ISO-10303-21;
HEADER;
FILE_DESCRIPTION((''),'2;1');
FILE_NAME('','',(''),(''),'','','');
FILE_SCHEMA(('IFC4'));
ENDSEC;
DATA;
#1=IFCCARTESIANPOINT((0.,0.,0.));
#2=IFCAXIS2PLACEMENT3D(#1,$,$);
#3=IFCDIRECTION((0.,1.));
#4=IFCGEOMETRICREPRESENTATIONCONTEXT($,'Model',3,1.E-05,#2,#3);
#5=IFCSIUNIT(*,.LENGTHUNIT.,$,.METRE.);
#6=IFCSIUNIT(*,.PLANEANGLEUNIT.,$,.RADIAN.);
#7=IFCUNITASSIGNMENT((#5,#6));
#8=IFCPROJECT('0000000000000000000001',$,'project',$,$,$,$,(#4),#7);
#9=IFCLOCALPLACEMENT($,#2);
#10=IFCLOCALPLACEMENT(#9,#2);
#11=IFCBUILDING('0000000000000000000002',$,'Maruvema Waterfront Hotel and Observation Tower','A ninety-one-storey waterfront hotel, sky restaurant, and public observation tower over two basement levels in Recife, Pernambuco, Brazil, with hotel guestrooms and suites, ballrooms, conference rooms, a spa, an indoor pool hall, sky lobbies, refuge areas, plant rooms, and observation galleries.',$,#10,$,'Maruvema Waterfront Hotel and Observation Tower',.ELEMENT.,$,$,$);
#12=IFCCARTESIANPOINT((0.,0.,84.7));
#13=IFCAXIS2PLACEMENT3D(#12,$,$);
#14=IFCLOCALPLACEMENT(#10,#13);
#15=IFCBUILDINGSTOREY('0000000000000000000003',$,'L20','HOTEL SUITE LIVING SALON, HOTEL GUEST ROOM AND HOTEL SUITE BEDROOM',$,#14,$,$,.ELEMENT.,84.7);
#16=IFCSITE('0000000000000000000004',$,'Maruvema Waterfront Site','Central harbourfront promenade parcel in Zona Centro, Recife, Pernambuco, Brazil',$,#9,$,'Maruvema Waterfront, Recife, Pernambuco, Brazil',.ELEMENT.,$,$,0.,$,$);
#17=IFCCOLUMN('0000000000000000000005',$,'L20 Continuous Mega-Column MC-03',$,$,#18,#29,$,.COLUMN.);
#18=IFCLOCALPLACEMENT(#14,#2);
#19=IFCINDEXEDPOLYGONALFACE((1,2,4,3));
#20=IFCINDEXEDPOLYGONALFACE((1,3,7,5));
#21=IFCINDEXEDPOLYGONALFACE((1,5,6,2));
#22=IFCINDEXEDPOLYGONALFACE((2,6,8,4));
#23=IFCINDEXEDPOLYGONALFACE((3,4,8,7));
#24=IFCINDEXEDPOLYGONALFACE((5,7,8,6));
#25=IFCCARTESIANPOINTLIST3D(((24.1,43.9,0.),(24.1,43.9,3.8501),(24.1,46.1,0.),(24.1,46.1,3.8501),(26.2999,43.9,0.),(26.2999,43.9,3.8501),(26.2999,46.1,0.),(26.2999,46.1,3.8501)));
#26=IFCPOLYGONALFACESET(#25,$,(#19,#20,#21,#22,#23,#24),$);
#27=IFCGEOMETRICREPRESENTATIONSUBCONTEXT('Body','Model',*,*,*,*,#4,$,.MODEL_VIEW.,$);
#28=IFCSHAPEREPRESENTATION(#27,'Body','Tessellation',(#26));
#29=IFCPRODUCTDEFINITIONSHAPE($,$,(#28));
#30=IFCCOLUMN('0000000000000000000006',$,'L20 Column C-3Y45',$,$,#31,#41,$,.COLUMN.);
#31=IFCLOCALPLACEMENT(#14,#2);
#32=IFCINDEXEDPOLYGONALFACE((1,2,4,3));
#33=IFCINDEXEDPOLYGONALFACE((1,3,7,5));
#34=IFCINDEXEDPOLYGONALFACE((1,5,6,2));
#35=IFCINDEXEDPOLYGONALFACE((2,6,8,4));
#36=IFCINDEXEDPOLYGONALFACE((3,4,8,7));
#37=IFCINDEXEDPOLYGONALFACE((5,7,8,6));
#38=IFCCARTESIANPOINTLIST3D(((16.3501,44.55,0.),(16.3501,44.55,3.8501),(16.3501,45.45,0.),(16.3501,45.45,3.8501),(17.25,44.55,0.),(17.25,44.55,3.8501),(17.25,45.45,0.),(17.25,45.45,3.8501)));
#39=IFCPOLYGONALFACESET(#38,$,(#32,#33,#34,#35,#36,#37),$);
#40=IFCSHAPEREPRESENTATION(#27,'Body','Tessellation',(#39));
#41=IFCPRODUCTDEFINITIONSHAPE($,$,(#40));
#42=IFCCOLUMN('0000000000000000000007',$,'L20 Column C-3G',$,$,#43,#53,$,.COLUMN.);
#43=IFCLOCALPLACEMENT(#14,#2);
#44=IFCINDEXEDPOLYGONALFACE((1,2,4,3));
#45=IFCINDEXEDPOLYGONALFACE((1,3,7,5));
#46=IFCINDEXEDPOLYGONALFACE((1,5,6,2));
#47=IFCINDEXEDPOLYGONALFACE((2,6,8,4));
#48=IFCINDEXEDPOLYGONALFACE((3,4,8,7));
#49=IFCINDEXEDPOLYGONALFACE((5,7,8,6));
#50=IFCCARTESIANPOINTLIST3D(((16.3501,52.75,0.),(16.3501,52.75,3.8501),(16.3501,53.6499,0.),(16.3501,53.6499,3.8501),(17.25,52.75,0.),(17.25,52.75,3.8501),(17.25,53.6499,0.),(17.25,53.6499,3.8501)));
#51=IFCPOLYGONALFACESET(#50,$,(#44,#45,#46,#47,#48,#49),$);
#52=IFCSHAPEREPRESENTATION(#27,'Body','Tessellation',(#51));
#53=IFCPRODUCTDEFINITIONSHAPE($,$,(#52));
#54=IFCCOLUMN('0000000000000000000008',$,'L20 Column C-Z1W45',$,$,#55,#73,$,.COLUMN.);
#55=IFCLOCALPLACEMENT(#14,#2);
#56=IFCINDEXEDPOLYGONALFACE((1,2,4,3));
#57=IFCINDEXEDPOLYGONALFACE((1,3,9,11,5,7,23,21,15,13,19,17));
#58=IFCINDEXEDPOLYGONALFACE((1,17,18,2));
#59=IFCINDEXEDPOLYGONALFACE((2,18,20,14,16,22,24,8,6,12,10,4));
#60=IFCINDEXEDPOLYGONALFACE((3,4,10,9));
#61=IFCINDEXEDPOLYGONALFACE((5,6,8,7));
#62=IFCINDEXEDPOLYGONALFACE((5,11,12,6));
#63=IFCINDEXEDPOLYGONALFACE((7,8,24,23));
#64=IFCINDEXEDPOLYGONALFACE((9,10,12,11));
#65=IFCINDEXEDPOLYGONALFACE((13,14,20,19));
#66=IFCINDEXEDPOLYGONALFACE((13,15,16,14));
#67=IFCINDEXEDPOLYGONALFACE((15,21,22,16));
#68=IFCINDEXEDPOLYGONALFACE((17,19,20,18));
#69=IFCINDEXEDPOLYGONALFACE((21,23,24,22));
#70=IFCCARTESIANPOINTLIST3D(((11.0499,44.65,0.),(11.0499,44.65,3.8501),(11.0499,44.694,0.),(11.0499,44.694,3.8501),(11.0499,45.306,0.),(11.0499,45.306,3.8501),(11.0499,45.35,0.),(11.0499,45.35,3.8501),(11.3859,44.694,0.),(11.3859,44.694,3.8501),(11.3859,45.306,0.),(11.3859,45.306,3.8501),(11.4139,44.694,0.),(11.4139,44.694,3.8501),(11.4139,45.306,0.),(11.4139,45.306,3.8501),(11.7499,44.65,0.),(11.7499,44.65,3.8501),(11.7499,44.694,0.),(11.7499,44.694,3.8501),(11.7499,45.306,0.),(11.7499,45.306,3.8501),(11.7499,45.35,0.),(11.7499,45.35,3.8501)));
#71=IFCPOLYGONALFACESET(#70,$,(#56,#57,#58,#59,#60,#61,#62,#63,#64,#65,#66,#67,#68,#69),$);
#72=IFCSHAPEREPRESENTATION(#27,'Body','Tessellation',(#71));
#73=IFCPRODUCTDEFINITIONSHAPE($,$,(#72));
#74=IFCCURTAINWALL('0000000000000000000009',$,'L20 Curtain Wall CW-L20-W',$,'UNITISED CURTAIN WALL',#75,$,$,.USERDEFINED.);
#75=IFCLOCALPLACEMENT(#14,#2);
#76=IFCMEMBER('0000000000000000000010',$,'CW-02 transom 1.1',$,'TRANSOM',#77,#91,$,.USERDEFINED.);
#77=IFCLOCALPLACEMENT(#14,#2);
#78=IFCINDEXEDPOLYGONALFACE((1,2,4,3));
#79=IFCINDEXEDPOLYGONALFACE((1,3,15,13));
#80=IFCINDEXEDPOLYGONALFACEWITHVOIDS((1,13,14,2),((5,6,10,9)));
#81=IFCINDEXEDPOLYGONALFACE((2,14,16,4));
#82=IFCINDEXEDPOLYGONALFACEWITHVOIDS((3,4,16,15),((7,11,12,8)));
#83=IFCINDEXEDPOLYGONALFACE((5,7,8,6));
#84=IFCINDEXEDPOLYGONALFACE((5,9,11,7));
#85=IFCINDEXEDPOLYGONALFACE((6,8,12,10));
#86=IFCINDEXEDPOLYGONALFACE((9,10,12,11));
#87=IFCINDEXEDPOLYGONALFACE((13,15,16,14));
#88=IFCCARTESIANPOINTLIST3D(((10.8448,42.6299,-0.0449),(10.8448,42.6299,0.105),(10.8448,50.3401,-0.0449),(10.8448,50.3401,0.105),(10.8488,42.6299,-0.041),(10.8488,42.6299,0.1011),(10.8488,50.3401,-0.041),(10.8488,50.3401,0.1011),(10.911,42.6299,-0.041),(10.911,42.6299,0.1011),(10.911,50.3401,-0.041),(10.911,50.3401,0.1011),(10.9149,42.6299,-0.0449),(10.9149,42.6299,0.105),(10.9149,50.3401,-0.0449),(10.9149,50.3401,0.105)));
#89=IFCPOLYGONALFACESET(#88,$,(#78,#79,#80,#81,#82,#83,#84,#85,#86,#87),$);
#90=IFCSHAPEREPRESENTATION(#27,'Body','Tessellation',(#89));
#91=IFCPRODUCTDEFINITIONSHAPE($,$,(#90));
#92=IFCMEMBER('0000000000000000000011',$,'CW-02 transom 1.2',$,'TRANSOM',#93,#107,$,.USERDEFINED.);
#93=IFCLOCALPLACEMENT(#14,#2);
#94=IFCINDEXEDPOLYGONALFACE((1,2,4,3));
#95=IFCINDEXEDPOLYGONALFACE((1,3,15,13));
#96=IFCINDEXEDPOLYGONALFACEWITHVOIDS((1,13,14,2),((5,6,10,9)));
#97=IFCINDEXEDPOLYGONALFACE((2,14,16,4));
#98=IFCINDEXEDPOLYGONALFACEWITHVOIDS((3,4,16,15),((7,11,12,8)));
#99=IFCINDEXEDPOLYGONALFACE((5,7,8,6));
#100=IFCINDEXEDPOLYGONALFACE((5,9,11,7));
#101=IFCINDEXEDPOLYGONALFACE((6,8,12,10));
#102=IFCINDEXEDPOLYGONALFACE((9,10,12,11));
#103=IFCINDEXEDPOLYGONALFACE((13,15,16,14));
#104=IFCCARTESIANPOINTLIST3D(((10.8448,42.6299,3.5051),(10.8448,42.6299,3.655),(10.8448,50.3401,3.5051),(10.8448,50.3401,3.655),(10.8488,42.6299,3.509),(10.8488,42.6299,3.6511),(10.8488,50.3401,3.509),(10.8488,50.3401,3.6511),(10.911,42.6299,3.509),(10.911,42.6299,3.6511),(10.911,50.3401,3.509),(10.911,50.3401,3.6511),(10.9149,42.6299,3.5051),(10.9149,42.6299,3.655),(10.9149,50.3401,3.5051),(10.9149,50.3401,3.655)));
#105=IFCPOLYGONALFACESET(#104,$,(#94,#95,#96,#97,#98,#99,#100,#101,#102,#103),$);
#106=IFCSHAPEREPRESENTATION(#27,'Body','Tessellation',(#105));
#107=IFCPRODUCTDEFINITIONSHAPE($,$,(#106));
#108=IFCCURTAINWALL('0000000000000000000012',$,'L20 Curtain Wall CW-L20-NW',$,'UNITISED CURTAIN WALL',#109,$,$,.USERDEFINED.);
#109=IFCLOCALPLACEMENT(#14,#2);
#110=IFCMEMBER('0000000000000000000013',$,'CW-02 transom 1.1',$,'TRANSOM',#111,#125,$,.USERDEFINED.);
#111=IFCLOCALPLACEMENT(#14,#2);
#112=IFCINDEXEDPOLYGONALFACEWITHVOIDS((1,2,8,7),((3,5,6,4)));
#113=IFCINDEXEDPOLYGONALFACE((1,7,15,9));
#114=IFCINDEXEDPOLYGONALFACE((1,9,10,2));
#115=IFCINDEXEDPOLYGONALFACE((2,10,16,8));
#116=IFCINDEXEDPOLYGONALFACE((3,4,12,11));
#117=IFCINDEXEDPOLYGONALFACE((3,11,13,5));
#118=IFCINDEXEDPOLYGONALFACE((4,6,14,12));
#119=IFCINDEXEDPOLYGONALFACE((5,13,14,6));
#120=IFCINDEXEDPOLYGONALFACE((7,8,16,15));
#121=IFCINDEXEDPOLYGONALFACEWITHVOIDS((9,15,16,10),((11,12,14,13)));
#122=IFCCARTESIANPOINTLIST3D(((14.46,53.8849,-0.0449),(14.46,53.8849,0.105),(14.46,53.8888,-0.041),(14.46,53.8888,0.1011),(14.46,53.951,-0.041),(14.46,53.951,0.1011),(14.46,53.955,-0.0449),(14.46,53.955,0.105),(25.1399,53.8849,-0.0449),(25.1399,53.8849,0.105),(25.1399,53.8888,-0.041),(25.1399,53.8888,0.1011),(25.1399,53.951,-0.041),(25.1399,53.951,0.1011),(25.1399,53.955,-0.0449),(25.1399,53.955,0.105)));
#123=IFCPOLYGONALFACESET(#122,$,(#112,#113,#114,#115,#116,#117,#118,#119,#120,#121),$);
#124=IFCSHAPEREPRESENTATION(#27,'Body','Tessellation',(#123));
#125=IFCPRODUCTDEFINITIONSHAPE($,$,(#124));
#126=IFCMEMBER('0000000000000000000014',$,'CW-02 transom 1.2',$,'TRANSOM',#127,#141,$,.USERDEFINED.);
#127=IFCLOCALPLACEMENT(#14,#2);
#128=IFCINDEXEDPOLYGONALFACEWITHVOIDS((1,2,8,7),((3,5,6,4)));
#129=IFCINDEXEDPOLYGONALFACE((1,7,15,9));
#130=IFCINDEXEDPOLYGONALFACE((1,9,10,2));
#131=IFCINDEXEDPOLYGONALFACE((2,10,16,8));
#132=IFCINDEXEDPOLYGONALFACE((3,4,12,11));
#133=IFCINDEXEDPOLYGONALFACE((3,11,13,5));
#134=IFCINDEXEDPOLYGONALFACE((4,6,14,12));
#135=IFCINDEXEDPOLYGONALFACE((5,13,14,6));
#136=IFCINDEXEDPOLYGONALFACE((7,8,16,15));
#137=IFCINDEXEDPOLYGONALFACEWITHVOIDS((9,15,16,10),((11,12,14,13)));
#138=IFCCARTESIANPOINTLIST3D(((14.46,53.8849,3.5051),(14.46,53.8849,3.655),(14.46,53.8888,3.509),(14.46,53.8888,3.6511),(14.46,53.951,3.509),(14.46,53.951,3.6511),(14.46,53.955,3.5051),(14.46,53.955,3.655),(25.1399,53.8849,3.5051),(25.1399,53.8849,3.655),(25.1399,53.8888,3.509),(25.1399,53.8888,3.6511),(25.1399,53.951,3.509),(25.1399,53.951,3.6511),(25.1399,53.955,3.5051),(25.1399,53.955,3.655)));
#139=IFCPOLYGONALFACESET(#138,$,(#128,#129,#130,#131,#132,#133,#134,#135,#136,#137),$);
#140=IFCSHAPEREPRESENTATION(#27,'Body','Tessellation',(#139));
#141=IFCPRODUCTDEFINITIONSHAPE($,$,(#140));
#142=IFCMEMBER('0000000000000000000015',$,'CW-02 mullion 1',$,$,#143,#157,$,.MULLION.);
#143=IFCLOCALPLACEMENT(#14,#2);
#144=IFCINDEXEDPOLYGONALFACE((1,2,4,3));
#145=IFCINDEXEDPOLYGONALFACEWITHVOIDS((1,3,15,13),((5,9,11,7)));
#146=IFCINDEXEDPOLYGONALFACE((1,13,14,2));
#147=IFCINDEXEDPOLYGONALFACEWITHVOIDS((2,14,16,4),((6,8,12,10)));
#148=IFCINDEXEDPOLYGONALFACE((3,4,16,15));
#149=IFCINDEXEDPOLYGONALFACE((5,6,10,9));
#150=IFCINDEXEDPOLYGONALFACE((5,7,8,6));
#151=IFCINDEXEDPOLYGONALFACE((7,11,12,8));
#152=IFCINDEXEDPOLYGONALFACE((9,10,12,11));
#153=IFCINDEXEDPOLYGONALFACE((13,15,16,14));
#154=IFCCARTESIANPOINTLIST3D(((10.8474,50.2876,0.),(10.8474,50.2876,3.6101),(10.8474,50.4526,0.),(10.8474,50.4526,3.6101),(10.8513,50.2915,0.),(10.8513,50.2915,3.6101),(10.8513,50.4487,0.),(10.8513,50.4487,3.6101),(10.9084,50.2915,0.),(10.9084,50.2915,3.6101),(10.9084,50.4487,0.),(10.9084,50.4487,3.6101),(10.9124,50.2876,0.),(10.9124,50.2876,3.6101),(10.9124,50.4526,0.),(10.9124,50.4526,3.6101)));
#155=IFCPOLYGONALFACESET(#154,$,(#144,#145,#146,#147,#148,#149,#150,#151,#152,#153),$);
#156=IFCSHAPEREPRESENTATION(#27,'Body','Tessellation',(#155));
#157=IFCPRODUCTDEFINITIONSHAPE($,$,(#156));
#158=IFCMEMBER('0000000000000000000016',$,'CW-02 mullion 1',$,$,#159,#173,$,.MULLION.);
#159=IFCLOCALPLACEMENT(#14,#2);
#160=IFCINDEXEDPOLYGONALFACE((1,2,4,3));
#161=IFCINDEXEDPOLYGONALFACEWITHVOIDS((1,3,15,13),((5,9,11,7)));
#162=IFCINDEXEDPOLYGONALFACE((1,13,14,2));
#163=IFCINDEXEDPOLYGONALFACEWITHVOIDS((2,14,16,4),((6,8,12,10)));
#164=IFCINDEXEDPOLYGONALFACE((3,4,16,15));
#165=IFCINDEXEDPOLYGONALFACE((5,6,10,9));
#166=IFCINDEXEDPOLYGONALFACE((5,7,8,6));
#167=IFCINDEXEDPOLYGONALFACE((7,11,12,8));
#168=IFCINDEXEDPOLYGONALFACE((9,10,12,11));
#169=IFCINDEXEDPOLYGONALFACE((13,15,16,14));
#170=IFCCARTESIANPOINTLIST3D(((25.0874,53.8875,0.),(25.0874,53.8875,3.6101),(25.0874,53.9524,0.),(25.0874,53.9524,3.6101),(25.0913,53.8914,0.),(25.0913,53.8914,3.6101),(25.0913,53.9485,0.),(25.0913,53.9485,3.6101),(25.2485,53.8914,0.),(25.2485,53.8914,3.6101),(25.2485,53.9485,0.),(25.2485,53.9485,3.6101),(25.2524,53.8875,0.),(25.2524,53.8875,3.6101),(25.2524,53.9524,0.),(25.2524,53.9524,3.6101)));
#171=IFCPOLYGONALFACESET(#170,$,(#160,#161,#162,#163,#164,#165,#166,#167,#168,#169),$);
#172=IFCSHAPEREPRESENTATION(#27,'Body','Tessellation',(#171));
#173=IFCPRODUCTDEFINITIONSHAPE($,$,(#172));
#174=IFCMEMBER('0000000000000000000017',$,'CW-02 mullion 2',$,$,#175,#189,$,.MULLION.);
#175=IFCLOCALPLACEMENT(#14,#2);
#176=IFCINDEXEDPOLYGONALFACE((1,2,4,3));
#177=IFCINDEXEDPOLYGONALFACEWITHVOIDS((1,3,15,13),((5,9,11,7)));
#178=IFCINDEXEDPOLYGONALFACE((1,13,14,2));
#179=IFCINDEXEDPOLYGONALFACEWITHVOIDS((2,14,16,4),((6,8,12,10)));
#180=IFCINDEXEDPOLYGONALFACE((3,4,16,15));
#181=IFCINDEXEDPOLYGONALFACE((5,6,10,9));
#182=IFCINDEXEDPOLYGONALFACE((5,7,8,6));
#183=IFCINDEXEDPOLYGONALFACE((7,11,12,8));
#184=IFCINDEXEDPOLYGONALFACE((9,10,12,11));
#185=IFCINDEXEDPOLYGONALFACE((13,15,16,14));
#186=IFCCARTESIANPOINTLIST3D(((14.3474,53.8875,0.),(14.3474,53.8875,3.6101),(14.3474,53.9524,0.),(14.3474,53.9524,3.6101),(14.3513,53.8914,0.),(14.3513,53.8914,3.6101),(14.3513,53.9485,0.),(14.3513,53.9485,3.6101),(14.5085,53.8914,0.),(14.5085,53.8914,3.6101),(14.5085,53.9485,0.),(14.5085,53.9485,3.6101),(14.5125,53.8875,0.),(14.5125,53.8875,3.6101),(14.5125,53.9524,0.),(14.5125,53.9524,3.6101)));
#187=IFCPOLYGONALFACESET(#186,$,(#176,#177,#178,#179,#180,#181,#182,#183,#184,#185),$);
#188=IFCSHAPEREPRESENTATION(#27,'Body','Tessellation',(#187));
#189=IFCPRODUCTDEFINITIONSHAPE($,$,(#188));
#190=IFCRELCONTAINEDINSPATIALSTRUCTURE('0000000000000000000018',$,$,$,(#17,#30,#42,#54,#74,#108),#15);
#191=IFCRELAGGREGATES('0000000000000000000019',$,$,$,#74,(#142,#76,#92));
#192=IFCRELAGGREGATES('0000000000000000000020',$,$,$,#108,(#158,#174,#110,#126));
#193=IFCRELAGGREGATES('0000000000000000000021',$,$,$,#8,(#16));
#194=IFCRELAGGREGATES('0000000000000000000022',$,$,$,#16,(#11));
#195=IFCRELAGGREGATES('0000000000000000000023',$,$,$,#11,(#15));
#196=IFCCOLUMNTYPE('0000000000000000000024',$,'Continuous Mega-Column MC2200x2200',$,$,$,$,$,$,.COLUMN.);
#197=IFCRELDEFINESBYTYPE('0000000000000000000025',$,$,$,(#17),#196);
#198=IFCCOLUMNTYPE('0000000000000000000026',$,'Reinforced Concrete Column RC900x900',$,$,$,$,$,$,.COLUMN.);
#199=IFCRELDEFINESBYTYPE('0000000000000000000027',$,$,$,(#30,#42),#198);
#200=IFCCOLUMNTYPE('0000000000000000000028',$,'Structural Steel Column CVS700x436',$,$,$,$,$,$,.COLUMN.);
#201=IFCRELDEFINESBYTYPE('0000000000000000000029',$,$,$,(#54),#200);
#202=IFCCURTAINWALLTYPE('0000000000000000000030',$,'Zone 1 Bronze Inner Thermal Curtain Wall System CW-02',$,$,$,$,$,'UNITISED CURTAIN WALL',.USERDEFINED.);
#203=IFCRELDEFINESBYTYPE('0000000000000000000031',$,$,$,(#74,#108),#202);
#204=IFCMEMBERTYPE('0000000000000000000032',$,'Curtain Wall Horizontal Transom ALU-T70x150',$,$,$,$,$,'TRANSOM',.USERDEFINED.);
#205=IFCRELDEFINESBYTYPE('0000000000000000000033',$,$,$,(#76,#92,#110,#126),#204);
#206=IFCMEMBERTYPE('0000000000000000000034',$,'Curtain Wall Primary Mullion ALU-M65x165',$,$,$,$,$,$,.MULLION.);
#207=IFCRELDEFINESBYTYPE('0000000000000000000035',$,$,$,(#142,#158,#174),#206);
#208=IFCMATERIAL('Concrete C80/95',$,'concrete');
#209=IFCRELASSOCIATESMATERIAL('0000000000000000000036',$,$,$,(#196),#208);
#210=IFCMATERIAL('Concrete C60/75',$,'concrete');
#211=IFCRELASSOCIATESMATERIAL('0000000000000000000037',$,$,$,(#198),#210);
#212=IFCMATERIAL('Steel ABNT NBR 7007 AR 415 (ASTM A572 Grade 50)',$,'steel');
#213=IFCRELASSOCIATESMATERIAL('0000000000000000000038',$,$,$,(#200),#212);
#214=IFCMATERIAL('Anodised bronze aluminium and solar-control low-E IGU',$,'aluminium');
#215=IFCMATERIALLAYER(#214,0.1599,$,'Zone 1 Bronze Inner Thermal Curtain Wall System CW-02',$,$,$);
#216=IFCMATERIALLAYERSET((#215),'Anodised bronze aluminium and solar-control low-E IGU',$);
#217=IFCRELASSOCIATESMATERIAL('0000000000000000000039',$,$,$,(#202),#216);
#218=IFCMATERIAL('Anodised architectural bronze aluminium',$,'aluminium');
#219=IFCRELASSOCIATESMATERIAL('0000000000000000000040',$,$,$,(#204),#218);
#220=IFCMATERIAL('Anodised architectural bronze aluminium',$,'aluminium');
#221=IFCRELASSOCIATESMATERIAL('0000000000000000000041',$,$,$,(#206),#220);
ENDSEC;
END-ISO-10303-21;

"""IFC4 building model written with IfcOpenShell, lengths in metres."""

from ifc_helpers import new_model, si_unit, direction, frame, origin, origin_2d, place, context, subcontext, project, spatial, rectangle, hollow_rectangle, i_section, extrude, material, layer, layer_set, material_profile, profile_set, type_object, element, aggregate, save


model = new_model("IFC4")

# Units and contexts
model_context = context("Model", 3, precision=1e-05, world=origin(), true_north=direction((0.0, 1.0)))
body_context = subcontext(model_context, "Body", "Model", "MODEL_VIEW")
ifc_project = project(units=[si_unit("LENGTHUNIT", "METRE"), si_unit("PLANEANGLEUNIT", "RADIAN")], contexts=[model_context])

# Site, building, storey
site_placement = place(None, origin())
site = spatial("IfcSite", under=ifc_project, at=site_placement, Name="Maruvema Waterfront Site", Description="Central harbourfront promenade parcel in Zona Centro, Recife, Pernambuco, Brazil", LongName="Maruvema Waterfront, Recife, Pernambuco, Brazil", CompositionType="ELEMENT", RefElevation=0.0)
building_placement = place(site_placement, origin())
building = spatial("IfcBuilding", under=site, at=building_placement, Name="Maruvema Waterfront Hotel and Observation Tower", Description="A ninety-one-storey waterfront hotel, sky restaurant, and public observation tower over two basement levels in Recife, Pernambuco, Brazil, with hotel guestrooms and suites, ballrooms, conference rooms, a spa, an indoor pool hall, sky lobbies, refuge areas, plant rooms, and observation galleries.", LongName="Maruvema Waterfront Hotel and Observation Tower", CompositionType="ELEMENT")
storey_placement = place(building_placement, frame((0.0, 0.0, 84.7)))
storey = spatial("IfcBuildingStorey", under=building, at=storey_placement, Name="L20", Description="HOTEL SUITE LIVING SALON, HOTEL GUEST ROOM AND HOTEL SUITE BEDROOM", CompositionType="ELEMENT", Elevation=84.7)

# Columns
ifc_material_1 = material(Name="Concrete C80/95", Category="concrete")
ifc_material_profile_1 = material_profile(ifc_material_1, rectangle(XDim=2.2, YDim=2.2, at=origin_2d()), Name="MC2200x2200")
ifc_profile_set_1 = profile_set([ifc_material_profile_1], Name="Concrete C80/95")
column_type_1 = type_object("IfcColumnType", Name="Continuous Mega-Column MC2200x2200", PredefinedType="COLUMN", material=ifc_profile_set_1)
column_1_placement = place(storey_placement, frame((25.2, 45.0, 0.0), z_axis=(0.0, 0.0, 1.0), x_axis=(1.0, 0.0, 0.0)))
element("IfcColumn", 1, at=column_1_placement, inside=storey, type_object=column_type_1, Name="L20 Continuous Mega-Column MC-03", PredefinedType="COLUMN", context=body_context, shape_type="SweptSolid", body=[
    extrude(rectangle(XDim=2.2, YDim=2.2, at=origin_2d()), origin(), (0.0, 0.0, 1.0), 3.8501),
])
ifc_material_2 = material(Name="Concrete C60/75", Category="concrete")
ifc_material_profile_2 = material_profile(ifc_material_2, rectangle(XDim=0.8999, YDim=0.8999, at=origin_2d()), Name="RC900x900")
ifc_profile_set_2 = profile_set([ifc_material_profile_2], Name="Concrete C60/75")
column_type_2 = type_object("IfcColumnType", Name="Reinforced Concrete Column RC900x900", PredefinedType="COLUMN", material=ifc_profile_set_2)
for number, where, z_axis, x_axis, name in (
    (2, (16.8, 45.0, 0.0), (0.0, 0.0, 1.0), (1.0, 0.0, 0.0), "L20 Column C-3Y45"),
    (3, (16.8, 53.2, 0.0), (0.0, 0.0, 1.0), (1.0, 0.0, 0.0), "L20 Column C-3G"),
):
    element("IfcColumn", number, at=place(storey_placement, frame(where, z_axis=z_axis, x_axis=x_axis)), inside=storey, type_object=column_type_2, Name=name, PredefinedType="COLUMN", context=body_context, shape_type="SweptSolid", body=[
        extrude(rectangle(XDim=0.8999, YDim=0.8999, at=origin_2d()), origin(), (0.0, 0.0, 1.0), 3.8501),
    ])
ifc_material_3 = material(Name="Steel ABNT NBR 7007 AR 415 (ASTM A572 Grade 50)", Category="steel")
ifc_material_profile_3 = material_profile(ifc_material_3, i_section(OverallWidth=0.7, OverallDepth=0.7, WebThickness=0.0281, FlangeThickness=0.0439, at=origin_2d()), Name="CVS700x436")
ifc_profile_set_3 = profile_set([ifc_material_profile_3], Name="Steel ABNT NBR 7007 AR 415 (ASTM A572 Grade 50)")
column_type_3 = type_object("IfcColumnType", Name="Structural Steel Column CVS700x436", PredefinedType="COLUMN", material=ifc_profile_set_3)
column_2_placement = place(storey_placement, frame((11.3999, 45.0, 0.0), z_axis=(0.0, 0.0, 1.0), x_axis=(1.0, 0.0, 0.0)))
element("IfcColumn", 4, at=column_2_placement, inside=storey, type_object=column_type_3, Name="L20 Column C-Z1W45", PredefinedType="COLUMN", context=body_context, shape_type="SweptSolid", body=[
    extrude(i_section(OverallWidth=0.7, OverallDepth=0.7, WebThickness=0.0281, FlangeThickness=0.0439, at=origin_2d()), origin(), (0.0, 0.0, 1.0), 3.8501),
])

# Curtain walls, members
ifc_material_4 = material(Name="Anodised bronze aluminium and solar-control low-E IGU", Category="aluminium")
ifc_layer_1 = layer(ifc_material_4, 0.1599, Name="Zone 1 Bronze Inner Thermal Curtain Wall System CW-02")
ifc_layer_set_1 = layer_set([ifc_layer_1], Name="Anodised bronze aluminium and solar-control low-E IGU")
curtain_wall_type = type_object("IfcCurtainWallType", Name="Zone 1 Bronze Inner Thermal Curtain Wall System CW-02", ElementType="UNITISED CURTAIN WALL", PredefinedType="USERDEFINED", material=ifc_layer_set_1)
curtain_wall_1_placement = place(storey_placement, origin())
curtain_wall_1 = element("IfcCurtainWall", 5, at=curtain_wall_1_placement, inside=storey, type_object=curtain_wall_type, Name="L20 Curtain Wall CW-L20-W", ObjectType="UNITISED CURTAIN WALL", PredefinedType="USERDEFINED")
ifc_material_5 = material(Name="Anodised architectural bronze aluminium", Category="aluminium")
ifc_material_profile_4 = material_profile(ifc_material_5, hollow_rectangle(XDim=0.0701, YDim=0.1499, WallThickness=0.0039, at=origin_2d()), Name="ALU-T70x150")
ifc_profile_set_4 = profile_set([ifc_material_profile_4], Name="Anodised architectural bronze aluminium")
member_type_1 = type_object("IfcMemberType", Name="Curtain Wall Horizontal Transom ALU-T70x150", ElementType="TRANSOM", PredefinedType="USERDEFINED", material=ifc_profile_set_4)
member_1_placement = place(storey_placement, frame((10.8799, 50.3401, 0.03), z_axis=(0.0, -1.0, 0.0), x_axis=(1.0, 0.0, 0.0)))
member_1 = element("IfcMember", 6, at=member_1_placement, type_object=member_type_1, Name="CW-02 transom 1.1", ObjectType="TRANSOM", PredefinedType="USERDEFINED", context=body_context, shape_type="SweptSolid", body=[
    extrude(hollow_rectangle(XDim=0.0701, YDim=0.1499, WallThickness=0.0039, at=origin_2d()), origin(), (0.0, 0.0, 1.0), 7.7102),
])
member_2_placement = place(storey_placement, frame((10.8799, 50.3401, 3.5801), z_axis=(0.0, -1.0, 0.0), x_axis=(1.0, 0.0, 0.0)))
member_2 = element("IfcMember", 7, at=member_2_placement, type_object=member_type_1, Name="CW-02 transom 1.2", ObjectType="TRANSOM", PredefinedType="USERDEFINED", context=body_context, shape_type="SweptSolid", body=[
    extrude(hollow_rectangle(XDim=0.0701, YDim=0.1499, WallThickness=0.0039, at=origin_2d()), origin(), (0.0, 0.0, 1.0), 7.7102),
])
curtain_wall_2_placement = place(storey_placement, origin())
curtain_wall_2 = element("IfcCurtainWall", 8, at=curtain_wall_2_placement, inside=storey, type_object=curtain_wall_type, Name="L20 Curtain Wall CW-L20-NW", ObjectType="UNITISED CURTAIN WALL", PredefinedType="USERDEFINED")
member_3_placement = place(storey_placement, frame((25.1399, 53.9199, 0.03), z_axis=(-1.0, 0.0, 0.0), x_axis=(0.0, -1.0, 0.0)))
member_3 = element("IfcMember", 9, at=member_3_placement, type_object=member_type_1, Name="CW-02 transom 1.1", ObjectType="TRANSOM", PredefinedType="USERDEFINED", context=body_context, shape_type="SweptSolid", body=[
    extrude(hollow_rectangle(XDim=0.0701, YDim=0.1499, WallThickness=0.0039, at=origin_2d()), origin(), (0.0, 0.0, 1.0), 10.6799),
])
member_4_placement = place(storey_placement, frame((25.1399, 53.9199, 3.5801), z_axis=(-1.0, 0.0, 0.0), x_axis=(0.0, -1.0, 0.0)))
member_4 = element("IfcMember", 10, at=member_4_placement, type_object=member_type_1, Name="CW-02 transom 1.2", ObjectType="TRANSOM", PredefinedType="USERDEFINED", context=body_context, shape_type="SweptSolid", body=[
    extrude(hollow_rectangle(XDim=0.0701, YDim=0.1499, WallThickness=0.0039, at=origin_2d()), origin(), (0.0, 0.0, 1.0), 10.6799),
])

# Members
ifc_material_6 = material(Name="Anodised architectural bronze aluminium", Category="aluminium")
ifc_material_profile_5 = material_profile(ifc_material_6, hollow_rectangle(XDim=0.0649, YDim=0.165, WallThickness=0.0039, at=origin_2d()), Name="ALU-M65x165")
ifc_profile_set_5 = profile_set([ifc_material_profile_5], Name="Anodised architectural bronze aluminium")
member_type_2 = type_object("IfcMemberType", Name="Curtain Wall Primary Mullion ALU-M65x165", PredefinedType="MULLION", material=ifc_profile_set_5)
member_5_placement = place(storey_placement, frame((10.8799, 50.3701, 0.0), z_axis=(0.0, 0.0, 1.0), x_axis=(1.0, 0.0, 0.0)))
member_5 = element("IfcMember", 11, at=member_5_placement, type_object=member_type_2, Name="CW-02 mullion 1", PredefinedType="MULLION", context=body_context, shape_type="SweptSolid", body=[
    extrude(hollow_rectangle(XDim=0.0649, YDim=0.165, WallThickness=0.0039, at=origin_2d()), origin(), (0.0, 0.0, 1.0), 3.6101),
])
member_6_placement = place(storey_placement, frame((25.1699, 53.9199, 0.0), z_axis=(0.0, 0.0, 1.0), x_axis=(0.0, -1.0, 0.0)))
member_6 = element("IfcMember", 12, at=member_6_placement, type_object=member_type_2, Name="CW-02 mullion 1", PredefinedType="MULLION", context=body_context, shape_type="SweptSolid", body=[
    extrude(hollow_rectangle(XDim=0.0649, YDim=0.165, WallThickness=0.0039, at=origin_2d()), origin(), (0.0, 0.0, 1.0), 3.6101),
])
member_7_placement = place(storey_placement, frame((14.4299, 53.9199, 0.0), z_axis=(0.0, 0.0, 1.0), x_axis=(0.0, -1.0, 0.0)))
member_7 = element("IfcMember", 13, at=member_7_placement, type_object=member_type_2, Name="CW-02 mullion 2", PredefinedType="MULLION", context=body_context, shape_type="SweptSolid", body=[
    extrude(hollow_rectangle(XDim=0.0649, YDim=0.165, WallThickness=0.0039, at=origin_2d()), origin(), (0.0, 0.0, 1.0), 3.6101),
])

aggregate(curtain_wall_1, [member_5, member_1, member_2])
aggregate(curtain_wall_2, [member_6, member_7, member_3, member_4])

save(model, "model.ifc")
